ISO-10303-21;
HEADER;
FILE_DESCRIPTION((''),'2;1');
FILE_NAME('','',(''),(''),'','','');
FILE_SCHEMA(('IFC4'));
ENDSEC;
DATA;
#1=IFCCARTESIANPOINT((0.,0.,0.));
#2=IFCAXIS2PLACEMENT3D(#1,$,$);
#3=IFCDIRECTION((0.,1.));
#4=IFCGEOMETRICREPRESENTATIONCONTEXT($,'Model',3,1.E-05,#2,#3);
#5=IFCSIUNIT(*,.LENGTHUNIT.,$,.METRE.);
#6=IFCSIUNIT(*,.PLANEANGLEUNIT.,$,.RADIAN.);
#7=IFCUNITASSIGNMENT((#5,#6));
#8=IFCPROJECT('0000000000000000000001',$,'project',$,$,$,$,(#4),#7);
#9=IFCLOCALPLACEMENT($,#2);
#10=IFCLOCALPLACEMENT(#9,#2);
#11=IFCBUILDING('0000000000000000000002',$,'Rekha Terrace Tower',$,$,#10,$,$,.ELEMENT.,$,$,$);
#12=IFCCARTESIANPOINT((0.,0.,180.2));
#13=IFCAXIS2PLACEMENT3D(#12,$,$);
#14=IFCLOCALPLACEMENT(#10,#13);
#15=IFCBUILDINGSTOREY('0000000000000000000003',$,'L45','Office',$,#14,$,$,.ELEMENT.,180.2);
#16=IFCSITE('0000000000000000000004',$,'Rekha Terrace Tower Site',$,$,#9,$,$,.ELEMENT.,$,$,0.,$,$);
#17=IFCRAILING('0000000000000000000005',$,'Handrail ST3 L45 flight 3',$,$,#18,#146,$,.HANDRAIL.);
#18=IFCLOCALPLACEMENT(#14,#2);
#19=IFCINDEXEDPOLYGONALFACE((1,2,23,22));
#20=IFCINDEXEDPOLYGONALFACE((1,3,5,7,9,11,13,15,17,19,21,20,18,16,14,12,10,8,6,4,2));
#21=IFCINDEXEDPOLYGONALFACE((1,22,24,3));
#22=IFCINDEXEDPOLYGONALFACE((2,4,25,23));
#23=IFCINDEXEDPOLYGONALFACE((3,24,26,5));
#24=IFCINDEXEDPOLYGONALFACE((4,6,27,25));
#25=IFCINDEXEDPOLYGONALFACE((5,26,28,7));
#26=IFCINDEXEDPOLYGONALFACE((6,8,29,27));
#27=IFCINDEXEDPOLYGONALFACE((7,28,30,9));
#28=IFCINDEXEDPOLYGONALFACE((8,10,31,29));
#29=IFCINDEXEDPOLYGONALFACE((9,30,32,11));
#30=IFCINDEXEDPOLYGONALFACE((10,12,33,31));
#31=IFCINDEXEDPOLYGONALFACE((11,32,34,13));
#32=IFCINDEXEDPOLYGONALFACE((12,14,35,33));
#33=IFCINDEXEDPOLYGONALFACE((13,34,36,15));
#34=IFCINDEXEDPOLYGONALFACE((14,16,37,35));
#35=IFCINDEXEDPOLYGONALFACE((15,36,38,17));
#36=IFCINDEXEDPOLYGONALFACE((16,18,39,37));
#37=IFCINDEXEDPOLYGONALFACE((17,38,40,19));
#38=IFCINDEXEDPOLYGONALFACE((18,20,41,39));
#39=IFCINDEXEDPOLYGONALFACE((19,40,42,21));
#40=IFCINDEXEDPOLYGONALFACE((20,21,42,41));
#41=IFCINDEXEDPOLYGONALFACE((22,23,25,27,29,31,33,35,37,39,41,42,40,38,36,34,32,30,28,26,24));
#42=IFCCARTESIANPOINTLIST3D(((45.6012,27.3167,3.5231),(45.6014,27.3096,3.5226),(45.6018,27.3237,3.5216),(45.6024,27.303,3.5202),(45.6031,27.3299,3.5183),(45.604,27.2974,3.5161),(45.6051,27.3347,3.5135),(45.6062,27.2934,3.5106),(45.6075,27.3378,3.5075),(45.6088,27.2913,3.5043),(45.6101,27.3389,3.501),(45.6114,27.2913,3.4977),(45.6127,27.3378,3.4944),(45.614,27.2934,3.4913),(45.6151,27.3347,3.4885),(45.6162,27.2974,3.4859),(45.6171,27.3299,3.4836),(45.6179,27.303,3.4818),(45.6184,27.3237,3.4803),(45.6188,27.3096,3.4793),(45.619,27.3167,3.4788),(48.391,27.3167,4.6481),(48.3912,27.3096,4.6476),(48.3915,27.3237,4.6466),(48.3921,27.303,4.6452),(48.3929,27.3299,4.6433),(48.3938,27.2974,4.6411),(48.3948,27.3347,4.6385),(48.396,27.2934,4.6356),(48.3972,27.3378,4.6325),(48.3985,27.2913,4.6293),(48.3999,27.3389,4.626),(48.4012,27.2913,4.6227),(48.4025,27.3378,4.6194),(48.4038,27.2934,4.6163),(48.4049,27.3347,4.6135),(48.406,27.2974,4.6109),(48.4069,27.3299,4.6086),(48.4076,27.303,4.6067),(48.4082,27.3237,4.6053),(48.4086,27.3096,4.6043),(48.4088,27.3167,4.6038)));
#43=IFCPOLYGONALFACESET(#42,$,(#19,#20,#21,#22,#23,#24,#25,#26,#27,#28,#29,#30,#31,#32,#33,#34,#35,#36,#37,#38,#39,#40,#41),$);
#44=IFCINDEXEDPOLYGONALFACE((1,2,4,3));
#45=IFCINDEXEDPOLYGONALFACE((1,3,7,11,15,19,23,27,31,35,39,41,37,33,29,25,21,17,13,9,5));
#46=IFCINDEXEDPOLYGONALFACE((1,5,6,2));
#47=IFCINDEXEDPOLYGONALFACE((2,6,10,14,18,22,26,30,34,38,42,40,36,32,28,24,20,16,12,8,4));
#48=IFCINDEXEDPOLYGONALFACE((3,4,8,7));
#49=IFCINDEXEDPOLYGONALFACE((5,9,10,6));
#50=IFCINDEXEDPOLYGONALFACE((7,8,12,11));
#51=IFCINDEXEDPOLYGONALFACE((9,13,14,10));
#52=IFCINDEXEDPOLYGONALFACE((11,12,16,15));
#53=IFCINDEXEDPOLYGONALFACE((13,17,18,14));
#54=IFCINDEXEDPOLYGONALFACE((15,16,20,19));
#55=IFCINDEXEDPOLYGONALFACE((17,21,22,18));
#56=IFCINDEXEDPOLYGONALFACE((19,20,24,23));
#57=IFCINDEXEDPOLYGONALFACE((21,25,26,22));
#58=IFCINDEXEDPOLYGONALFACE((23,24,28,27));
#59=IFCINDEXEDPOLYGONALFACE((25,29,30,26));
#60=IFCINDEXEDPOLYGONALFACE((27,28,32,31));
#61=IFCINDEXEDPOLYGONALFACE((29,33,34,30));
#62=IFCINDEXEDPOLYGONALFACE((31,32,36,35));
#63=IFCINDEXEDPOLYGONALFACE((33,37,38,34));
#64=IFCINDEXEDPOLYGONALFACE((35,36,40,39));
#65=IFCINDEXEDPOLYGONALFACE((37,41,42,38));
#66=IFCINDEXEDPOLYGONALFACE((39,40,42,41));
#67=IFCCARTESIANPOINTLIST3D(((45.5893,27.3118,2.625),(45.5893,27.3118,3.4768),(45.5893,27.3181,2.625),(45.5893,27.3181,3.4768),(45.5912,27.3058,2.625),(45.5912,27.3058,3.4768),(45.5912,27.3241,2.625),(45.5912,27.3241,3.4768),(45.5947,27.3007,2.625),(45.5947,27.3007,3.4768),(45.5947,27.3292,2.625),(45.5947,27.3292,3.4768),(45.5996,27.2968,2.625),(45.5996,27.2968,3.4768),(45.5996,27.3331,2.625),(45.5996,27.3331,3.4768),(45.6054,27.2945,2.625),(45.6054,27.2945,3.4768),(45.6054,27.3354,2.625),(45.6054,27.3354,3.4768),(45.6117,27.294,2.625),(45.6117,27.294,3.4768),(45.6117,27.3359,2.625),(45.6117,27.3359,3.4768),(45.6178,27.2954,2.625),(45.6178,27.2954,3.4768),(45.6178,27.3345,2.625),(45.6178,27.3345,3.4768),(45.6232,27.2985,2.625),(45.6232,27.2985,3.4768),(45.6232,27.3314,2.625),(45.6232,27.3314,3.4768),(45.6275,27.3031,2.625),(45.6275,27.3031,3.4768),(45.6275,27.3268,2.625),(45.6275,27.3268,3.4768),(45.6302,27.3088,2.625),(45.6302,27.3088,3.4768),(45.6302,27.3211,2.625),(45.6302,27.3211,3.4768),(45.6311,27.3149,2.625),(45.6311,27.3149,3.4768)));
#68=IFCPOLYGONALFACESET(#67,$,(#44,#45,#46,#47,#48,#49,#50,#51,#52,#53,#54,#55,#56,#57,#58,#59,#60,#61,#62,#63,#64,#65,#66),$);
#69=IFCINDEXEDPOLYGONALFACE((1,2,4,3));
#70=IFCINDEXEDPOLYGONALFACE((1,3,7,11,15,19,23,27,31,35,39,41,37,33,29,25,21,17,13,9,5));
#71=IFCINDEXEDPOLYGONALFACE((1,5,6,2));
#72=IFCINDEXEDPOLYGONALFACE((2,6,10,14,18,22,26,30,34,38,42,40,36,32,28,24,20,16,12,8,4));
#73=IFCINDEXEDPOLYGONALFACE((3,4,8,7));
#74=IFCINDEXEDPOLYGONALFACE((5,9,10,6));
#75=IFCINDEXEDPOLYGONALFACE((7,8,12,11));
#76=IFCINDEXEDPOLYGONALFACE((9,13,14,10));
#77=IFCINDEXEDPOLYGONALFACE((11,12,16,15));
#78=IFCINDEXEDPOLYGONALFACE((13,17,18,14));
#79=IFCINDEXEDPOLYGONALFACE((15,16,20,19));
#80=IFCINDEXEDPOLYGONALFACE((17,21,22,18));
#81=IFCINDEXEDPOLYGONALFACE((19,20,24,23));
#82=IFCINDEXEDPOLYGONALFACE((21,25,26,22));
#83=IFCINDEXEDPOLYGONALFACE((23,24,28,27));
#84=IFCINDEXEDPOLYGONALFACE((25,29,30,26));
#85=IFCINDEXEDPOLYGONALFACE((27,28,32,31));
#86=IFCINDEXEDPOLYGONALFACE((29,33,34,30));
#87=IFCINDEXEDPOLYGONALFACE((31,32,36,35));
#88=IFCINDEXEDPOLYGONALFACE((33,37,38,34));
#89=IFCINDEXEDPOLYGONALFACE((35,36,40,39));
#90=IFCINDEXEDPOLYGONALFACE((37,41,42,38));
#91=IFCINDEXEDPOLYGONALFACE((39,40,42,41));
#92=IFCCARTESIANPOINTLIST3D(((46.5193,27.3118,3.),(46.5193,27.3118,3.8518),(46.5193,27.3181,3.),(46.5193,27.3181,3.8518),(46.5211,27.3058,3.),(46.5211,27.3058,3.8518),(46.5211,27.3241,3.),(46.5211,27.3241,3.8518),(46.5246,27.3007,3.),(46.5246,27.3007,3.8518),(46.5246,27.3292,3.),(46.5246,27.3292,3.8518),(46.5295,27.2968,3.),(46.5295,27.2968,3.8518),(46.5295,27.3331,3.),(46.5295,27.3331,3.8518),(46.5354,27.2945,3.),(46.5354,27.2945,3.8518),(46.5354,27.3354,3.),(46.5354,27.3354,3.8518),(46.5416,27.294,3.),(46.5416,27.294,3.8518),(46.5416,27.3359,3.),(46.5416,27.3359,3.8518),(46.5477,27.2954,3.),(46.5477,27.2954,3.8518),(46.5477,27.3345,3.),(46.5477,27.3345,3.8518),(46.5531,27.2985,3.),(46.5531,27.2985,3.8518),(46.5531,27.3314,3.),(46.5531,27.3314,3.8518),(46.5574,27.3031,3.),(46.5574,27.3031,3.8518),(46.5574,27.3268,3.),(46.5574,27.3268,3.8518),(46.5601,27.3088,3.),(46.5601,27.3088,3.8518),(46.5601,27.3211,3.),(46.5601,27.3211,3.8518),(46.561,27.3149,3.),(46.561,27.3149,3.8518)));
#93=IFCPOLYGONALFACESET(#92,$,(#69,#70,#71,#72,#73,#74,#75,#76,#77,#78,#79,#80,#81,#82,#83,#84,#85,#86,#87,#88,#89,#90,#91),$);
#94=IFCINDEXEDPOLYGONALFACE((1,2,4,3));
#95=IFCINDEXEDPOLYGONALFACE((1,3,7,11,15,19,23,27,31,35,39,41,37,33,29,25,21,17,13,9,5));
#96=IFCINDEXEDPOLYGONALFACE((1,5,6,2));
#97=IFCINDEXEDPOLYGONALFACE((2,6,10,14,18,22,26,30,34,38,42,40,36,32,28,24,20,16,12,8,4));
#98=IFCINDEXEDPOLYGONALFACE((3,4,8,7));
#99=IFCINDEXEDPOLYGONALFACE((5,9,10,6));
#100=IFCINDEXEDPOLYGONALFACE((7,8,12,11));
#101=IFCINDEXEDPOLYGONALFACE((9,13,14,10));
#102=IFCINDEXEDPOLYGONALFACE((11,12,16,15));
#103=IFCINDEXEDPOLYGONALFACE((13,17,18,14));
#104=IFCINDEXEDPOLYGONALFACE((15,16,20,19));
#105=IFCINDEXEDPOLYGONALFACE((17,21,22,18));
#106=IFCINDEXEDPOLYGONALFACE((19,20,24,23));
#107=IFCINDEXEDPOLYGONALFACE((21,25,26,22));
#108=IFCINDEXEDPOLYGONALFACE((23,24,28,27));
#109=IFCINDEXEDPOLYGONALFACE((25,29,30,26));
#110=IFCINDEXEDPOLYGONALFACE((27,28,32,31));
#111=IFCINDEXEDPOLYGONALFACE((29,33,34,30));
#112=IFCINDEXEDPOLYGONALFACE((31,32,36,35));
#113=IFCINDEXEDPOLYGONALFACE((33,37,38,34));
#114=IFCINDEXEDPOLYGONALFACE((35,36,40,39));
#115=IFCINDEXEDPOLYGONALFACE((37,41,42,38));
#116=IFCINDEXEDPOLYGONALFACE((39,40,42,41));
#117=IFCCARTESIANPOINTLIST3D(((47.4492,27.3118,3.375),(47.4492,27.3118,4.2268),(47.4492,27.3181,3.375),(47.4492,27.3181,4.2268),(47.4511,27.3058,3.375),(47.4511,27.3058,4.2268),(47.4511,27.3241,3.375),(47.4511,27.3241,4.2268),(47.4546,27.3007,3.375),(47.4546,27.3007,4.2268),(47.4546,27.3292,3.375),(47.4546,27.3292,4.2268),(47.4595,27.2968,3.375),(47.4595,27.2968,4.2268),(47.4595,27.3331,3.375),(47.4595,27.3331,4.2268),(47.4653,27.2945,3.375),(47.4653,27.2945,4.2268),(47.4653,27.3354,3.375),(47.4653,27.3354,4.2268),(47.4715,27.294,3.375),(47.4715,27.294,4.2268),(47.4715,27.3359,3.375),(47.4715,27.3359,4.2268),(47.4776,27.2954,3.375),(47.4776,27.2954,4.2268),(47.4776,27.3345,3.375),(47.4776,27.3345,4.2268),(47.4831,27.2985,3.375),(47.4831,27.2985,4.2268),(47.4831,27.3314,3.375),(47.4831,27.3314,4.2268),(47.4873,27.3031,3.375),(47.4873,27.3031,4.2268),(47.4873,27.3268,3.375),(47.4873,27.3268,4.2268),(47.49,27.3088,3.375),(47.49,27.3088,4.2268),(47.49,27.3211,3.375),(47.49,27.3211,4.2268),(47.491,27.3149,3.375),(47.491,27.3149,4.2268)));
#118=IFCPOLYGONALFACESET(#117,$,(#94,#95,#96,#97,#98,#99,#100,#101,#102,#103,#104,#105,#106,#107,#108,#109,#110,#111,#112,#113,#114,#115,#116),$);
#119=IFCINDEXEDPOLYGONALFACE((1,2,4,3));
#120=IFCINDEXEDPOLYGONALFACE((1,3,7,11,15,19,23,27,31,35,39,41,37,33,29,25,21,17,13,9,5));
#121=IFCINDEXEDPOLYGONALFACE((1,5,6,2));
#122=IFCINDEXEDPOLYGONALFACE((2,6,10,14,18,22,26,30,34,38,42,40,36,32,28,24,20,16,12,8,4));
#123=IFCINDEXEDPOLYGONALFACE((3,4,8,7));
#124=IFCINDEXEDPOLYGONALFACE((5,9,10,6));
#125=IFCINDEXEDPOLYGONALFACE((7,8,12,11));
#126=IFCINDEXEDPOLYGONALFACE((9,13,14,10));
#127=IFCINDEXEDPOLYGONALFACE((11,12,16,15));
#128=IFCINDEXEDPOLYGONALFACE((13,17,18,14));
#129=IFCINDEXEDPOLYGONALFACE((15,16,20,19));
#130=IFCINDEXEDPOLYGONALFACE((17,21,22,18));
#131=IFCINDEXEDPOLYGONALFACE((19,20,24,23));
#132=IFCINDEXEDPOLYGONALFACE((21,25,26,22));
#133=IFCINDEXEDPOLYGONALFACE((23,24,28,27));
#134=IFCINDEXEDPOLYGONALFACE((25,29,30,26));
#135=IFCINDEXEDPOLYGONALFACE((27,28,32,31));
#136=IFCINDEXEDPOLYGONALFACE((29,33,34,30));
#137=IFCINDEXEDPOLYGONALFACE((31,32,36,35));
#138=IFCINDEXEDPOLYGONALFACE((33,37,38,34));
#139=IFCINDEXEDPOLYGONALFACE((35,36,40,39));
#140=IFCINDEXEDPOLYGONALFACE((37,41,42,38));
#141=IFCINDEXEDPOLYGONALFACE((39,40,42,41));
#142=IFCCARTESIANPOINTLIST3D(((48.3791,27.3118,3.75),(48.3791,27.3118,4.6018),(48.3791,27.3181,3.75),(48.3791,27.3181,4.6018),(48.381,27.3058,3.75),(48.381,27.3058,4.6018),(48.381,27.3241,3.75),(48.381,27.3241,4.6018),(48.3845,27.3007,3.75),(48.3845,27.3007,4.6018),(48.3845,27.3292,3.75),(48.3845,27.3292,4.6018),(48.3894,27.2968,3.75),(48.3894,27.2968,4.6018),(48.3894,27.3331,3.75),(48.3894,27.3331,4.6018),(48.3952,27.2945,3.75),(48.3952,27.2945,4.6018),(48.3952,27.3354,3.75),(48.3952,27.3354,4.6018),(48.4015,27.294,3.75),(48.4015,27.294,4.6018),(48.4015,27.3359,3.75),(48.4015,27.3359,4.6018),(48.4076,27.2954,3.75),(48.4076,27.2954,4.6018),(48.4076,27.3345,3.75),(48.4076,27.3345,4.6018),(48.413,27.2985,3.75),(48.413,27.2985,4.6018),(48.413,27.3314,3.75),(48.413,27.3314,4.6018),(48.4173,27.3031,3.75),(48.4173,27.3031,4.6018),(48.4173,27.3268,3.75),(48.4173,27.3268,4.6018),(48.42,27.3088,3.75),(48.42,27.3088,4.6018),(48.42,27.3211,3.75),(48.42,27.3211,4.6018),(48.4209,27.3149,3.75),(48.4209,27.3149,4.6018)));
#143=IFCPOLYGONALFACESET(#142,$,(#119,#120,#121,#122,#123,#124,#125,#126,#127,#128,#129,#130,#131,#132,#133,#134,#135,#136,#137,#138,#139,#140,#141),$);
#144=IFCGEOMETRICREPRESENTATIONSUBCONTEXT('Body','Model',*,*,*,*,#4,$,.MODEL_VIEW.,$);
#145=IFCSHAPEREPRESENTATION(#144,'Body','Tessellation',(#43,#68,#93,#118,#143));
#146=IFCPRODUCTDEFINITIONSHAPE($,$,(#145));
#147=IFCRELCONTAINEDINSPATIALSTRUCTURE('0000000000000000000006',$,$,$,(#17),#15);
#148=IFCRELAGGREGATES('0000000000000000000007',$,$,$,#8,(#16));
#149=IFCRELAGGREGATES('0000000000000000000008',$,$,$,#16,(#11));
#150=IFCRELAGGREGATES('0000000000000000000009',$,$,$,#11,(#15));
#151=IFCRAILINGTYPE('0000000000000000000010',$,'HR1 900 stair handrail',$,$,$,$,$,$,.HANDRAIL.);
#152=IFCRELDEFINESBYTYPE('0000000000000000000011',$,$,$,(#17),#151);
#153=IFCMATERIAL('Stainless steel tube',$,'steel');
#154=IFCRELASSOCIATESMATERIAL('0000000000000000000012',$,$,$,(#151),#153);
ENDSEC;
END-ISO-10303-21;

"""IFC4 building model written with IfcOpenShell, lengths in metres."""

from ifc_helpers import new_model, si_unit, direction, frame, origin, origin_2d, place, context, subcontext, project, spatial, circle, extrude, material, type_object, element, save


model = new_model("IFC4")

# Units and contexts
model_context = context("Model", 3, precision=1e-05, world=origin(), true_north=direction((0.0, 1.0)))
body_context = subcontext(model_context, "Body", "Model", "MODEL_VIEW")
ifc_project = project(units=[si_unit("LENGTHUNIT", "METRE"), si_unit("PLANEANGLEUNIT", "RADIAN")], contexts=[model_context])

# Site, building, storey
site_placement = place(None, origin())
site = spatial("IfcSite", under=ifc_project, at=site_placement, Name="Rekha Terrace Tower Site", CompositionType="ELEMENT", RefElevation=0.0)
building_placement = place(site_placement, origin())
building = spatial("IfcBuilding", under=site, at=building_placement, Name="Rekha Terrace Tower", CompositionType="ELEMENT")
storey_placement = place(building_placement, frame((0.0, 0.0, 180.2)))
storey = spatial("IfcBuildingStorey", under=building, at=storey_placement, Name="L45", Description="Office", CompositionType="ELEMENT", Elevation=180.2)

# Railing
ifc_material_1 = material(Name="Stainless steel tube", Category="steel")
railing_type_1 = type_object("IfcRailingType", Name="HR1 900 stair handrail", PredefinedType="HANDRAIL", material=ifc_material_1)
railing_1_placement = place(storey_placement, frame((45.6101, 27.3149, 2.625)))
element("IfcRailing", 1, at=railing_1_placement, inside=storey, type_object=railing_type_1, Name="Handrail ST3 L45 flight 3", PredefinedType="HANDRAIL", context=body_context, shape_type="SweptSolid", body=[
    extrude(circle(Radius=0.0239, at=origin_2d()), frame((0.0, 0.0, 0.876), z_axis=(0.927432, 0.0, 0.373992), x_axis=(0.0, 1.0, 0.0)), (0.0, 0.0, 1.0), 3.0081),
    extrude(circle(Radius=0.021, at=origin_2d()), origin(), (0.0, 0.0, 1.0), 0.8518),
    extrude(circle(Radius=0.021, at=origin_2d()), frame((0.9299, 0.0, 0.375)), (0.0, 0.0, 1.0), 0.8518),
    extrude(circle(Radius=0.021, at=origin_2d()), frame((1.8599, 0.0, 0.75)), (0.0, 0.0, 1.0), 0.8518),
    extrude(circle(Radius=0.021, at=origin_2d()), frame((2.7898, 0.0, 1.125)), (0.0, 0.0, 1.0), 0.8518),
])

save(model, "model.ifc")
